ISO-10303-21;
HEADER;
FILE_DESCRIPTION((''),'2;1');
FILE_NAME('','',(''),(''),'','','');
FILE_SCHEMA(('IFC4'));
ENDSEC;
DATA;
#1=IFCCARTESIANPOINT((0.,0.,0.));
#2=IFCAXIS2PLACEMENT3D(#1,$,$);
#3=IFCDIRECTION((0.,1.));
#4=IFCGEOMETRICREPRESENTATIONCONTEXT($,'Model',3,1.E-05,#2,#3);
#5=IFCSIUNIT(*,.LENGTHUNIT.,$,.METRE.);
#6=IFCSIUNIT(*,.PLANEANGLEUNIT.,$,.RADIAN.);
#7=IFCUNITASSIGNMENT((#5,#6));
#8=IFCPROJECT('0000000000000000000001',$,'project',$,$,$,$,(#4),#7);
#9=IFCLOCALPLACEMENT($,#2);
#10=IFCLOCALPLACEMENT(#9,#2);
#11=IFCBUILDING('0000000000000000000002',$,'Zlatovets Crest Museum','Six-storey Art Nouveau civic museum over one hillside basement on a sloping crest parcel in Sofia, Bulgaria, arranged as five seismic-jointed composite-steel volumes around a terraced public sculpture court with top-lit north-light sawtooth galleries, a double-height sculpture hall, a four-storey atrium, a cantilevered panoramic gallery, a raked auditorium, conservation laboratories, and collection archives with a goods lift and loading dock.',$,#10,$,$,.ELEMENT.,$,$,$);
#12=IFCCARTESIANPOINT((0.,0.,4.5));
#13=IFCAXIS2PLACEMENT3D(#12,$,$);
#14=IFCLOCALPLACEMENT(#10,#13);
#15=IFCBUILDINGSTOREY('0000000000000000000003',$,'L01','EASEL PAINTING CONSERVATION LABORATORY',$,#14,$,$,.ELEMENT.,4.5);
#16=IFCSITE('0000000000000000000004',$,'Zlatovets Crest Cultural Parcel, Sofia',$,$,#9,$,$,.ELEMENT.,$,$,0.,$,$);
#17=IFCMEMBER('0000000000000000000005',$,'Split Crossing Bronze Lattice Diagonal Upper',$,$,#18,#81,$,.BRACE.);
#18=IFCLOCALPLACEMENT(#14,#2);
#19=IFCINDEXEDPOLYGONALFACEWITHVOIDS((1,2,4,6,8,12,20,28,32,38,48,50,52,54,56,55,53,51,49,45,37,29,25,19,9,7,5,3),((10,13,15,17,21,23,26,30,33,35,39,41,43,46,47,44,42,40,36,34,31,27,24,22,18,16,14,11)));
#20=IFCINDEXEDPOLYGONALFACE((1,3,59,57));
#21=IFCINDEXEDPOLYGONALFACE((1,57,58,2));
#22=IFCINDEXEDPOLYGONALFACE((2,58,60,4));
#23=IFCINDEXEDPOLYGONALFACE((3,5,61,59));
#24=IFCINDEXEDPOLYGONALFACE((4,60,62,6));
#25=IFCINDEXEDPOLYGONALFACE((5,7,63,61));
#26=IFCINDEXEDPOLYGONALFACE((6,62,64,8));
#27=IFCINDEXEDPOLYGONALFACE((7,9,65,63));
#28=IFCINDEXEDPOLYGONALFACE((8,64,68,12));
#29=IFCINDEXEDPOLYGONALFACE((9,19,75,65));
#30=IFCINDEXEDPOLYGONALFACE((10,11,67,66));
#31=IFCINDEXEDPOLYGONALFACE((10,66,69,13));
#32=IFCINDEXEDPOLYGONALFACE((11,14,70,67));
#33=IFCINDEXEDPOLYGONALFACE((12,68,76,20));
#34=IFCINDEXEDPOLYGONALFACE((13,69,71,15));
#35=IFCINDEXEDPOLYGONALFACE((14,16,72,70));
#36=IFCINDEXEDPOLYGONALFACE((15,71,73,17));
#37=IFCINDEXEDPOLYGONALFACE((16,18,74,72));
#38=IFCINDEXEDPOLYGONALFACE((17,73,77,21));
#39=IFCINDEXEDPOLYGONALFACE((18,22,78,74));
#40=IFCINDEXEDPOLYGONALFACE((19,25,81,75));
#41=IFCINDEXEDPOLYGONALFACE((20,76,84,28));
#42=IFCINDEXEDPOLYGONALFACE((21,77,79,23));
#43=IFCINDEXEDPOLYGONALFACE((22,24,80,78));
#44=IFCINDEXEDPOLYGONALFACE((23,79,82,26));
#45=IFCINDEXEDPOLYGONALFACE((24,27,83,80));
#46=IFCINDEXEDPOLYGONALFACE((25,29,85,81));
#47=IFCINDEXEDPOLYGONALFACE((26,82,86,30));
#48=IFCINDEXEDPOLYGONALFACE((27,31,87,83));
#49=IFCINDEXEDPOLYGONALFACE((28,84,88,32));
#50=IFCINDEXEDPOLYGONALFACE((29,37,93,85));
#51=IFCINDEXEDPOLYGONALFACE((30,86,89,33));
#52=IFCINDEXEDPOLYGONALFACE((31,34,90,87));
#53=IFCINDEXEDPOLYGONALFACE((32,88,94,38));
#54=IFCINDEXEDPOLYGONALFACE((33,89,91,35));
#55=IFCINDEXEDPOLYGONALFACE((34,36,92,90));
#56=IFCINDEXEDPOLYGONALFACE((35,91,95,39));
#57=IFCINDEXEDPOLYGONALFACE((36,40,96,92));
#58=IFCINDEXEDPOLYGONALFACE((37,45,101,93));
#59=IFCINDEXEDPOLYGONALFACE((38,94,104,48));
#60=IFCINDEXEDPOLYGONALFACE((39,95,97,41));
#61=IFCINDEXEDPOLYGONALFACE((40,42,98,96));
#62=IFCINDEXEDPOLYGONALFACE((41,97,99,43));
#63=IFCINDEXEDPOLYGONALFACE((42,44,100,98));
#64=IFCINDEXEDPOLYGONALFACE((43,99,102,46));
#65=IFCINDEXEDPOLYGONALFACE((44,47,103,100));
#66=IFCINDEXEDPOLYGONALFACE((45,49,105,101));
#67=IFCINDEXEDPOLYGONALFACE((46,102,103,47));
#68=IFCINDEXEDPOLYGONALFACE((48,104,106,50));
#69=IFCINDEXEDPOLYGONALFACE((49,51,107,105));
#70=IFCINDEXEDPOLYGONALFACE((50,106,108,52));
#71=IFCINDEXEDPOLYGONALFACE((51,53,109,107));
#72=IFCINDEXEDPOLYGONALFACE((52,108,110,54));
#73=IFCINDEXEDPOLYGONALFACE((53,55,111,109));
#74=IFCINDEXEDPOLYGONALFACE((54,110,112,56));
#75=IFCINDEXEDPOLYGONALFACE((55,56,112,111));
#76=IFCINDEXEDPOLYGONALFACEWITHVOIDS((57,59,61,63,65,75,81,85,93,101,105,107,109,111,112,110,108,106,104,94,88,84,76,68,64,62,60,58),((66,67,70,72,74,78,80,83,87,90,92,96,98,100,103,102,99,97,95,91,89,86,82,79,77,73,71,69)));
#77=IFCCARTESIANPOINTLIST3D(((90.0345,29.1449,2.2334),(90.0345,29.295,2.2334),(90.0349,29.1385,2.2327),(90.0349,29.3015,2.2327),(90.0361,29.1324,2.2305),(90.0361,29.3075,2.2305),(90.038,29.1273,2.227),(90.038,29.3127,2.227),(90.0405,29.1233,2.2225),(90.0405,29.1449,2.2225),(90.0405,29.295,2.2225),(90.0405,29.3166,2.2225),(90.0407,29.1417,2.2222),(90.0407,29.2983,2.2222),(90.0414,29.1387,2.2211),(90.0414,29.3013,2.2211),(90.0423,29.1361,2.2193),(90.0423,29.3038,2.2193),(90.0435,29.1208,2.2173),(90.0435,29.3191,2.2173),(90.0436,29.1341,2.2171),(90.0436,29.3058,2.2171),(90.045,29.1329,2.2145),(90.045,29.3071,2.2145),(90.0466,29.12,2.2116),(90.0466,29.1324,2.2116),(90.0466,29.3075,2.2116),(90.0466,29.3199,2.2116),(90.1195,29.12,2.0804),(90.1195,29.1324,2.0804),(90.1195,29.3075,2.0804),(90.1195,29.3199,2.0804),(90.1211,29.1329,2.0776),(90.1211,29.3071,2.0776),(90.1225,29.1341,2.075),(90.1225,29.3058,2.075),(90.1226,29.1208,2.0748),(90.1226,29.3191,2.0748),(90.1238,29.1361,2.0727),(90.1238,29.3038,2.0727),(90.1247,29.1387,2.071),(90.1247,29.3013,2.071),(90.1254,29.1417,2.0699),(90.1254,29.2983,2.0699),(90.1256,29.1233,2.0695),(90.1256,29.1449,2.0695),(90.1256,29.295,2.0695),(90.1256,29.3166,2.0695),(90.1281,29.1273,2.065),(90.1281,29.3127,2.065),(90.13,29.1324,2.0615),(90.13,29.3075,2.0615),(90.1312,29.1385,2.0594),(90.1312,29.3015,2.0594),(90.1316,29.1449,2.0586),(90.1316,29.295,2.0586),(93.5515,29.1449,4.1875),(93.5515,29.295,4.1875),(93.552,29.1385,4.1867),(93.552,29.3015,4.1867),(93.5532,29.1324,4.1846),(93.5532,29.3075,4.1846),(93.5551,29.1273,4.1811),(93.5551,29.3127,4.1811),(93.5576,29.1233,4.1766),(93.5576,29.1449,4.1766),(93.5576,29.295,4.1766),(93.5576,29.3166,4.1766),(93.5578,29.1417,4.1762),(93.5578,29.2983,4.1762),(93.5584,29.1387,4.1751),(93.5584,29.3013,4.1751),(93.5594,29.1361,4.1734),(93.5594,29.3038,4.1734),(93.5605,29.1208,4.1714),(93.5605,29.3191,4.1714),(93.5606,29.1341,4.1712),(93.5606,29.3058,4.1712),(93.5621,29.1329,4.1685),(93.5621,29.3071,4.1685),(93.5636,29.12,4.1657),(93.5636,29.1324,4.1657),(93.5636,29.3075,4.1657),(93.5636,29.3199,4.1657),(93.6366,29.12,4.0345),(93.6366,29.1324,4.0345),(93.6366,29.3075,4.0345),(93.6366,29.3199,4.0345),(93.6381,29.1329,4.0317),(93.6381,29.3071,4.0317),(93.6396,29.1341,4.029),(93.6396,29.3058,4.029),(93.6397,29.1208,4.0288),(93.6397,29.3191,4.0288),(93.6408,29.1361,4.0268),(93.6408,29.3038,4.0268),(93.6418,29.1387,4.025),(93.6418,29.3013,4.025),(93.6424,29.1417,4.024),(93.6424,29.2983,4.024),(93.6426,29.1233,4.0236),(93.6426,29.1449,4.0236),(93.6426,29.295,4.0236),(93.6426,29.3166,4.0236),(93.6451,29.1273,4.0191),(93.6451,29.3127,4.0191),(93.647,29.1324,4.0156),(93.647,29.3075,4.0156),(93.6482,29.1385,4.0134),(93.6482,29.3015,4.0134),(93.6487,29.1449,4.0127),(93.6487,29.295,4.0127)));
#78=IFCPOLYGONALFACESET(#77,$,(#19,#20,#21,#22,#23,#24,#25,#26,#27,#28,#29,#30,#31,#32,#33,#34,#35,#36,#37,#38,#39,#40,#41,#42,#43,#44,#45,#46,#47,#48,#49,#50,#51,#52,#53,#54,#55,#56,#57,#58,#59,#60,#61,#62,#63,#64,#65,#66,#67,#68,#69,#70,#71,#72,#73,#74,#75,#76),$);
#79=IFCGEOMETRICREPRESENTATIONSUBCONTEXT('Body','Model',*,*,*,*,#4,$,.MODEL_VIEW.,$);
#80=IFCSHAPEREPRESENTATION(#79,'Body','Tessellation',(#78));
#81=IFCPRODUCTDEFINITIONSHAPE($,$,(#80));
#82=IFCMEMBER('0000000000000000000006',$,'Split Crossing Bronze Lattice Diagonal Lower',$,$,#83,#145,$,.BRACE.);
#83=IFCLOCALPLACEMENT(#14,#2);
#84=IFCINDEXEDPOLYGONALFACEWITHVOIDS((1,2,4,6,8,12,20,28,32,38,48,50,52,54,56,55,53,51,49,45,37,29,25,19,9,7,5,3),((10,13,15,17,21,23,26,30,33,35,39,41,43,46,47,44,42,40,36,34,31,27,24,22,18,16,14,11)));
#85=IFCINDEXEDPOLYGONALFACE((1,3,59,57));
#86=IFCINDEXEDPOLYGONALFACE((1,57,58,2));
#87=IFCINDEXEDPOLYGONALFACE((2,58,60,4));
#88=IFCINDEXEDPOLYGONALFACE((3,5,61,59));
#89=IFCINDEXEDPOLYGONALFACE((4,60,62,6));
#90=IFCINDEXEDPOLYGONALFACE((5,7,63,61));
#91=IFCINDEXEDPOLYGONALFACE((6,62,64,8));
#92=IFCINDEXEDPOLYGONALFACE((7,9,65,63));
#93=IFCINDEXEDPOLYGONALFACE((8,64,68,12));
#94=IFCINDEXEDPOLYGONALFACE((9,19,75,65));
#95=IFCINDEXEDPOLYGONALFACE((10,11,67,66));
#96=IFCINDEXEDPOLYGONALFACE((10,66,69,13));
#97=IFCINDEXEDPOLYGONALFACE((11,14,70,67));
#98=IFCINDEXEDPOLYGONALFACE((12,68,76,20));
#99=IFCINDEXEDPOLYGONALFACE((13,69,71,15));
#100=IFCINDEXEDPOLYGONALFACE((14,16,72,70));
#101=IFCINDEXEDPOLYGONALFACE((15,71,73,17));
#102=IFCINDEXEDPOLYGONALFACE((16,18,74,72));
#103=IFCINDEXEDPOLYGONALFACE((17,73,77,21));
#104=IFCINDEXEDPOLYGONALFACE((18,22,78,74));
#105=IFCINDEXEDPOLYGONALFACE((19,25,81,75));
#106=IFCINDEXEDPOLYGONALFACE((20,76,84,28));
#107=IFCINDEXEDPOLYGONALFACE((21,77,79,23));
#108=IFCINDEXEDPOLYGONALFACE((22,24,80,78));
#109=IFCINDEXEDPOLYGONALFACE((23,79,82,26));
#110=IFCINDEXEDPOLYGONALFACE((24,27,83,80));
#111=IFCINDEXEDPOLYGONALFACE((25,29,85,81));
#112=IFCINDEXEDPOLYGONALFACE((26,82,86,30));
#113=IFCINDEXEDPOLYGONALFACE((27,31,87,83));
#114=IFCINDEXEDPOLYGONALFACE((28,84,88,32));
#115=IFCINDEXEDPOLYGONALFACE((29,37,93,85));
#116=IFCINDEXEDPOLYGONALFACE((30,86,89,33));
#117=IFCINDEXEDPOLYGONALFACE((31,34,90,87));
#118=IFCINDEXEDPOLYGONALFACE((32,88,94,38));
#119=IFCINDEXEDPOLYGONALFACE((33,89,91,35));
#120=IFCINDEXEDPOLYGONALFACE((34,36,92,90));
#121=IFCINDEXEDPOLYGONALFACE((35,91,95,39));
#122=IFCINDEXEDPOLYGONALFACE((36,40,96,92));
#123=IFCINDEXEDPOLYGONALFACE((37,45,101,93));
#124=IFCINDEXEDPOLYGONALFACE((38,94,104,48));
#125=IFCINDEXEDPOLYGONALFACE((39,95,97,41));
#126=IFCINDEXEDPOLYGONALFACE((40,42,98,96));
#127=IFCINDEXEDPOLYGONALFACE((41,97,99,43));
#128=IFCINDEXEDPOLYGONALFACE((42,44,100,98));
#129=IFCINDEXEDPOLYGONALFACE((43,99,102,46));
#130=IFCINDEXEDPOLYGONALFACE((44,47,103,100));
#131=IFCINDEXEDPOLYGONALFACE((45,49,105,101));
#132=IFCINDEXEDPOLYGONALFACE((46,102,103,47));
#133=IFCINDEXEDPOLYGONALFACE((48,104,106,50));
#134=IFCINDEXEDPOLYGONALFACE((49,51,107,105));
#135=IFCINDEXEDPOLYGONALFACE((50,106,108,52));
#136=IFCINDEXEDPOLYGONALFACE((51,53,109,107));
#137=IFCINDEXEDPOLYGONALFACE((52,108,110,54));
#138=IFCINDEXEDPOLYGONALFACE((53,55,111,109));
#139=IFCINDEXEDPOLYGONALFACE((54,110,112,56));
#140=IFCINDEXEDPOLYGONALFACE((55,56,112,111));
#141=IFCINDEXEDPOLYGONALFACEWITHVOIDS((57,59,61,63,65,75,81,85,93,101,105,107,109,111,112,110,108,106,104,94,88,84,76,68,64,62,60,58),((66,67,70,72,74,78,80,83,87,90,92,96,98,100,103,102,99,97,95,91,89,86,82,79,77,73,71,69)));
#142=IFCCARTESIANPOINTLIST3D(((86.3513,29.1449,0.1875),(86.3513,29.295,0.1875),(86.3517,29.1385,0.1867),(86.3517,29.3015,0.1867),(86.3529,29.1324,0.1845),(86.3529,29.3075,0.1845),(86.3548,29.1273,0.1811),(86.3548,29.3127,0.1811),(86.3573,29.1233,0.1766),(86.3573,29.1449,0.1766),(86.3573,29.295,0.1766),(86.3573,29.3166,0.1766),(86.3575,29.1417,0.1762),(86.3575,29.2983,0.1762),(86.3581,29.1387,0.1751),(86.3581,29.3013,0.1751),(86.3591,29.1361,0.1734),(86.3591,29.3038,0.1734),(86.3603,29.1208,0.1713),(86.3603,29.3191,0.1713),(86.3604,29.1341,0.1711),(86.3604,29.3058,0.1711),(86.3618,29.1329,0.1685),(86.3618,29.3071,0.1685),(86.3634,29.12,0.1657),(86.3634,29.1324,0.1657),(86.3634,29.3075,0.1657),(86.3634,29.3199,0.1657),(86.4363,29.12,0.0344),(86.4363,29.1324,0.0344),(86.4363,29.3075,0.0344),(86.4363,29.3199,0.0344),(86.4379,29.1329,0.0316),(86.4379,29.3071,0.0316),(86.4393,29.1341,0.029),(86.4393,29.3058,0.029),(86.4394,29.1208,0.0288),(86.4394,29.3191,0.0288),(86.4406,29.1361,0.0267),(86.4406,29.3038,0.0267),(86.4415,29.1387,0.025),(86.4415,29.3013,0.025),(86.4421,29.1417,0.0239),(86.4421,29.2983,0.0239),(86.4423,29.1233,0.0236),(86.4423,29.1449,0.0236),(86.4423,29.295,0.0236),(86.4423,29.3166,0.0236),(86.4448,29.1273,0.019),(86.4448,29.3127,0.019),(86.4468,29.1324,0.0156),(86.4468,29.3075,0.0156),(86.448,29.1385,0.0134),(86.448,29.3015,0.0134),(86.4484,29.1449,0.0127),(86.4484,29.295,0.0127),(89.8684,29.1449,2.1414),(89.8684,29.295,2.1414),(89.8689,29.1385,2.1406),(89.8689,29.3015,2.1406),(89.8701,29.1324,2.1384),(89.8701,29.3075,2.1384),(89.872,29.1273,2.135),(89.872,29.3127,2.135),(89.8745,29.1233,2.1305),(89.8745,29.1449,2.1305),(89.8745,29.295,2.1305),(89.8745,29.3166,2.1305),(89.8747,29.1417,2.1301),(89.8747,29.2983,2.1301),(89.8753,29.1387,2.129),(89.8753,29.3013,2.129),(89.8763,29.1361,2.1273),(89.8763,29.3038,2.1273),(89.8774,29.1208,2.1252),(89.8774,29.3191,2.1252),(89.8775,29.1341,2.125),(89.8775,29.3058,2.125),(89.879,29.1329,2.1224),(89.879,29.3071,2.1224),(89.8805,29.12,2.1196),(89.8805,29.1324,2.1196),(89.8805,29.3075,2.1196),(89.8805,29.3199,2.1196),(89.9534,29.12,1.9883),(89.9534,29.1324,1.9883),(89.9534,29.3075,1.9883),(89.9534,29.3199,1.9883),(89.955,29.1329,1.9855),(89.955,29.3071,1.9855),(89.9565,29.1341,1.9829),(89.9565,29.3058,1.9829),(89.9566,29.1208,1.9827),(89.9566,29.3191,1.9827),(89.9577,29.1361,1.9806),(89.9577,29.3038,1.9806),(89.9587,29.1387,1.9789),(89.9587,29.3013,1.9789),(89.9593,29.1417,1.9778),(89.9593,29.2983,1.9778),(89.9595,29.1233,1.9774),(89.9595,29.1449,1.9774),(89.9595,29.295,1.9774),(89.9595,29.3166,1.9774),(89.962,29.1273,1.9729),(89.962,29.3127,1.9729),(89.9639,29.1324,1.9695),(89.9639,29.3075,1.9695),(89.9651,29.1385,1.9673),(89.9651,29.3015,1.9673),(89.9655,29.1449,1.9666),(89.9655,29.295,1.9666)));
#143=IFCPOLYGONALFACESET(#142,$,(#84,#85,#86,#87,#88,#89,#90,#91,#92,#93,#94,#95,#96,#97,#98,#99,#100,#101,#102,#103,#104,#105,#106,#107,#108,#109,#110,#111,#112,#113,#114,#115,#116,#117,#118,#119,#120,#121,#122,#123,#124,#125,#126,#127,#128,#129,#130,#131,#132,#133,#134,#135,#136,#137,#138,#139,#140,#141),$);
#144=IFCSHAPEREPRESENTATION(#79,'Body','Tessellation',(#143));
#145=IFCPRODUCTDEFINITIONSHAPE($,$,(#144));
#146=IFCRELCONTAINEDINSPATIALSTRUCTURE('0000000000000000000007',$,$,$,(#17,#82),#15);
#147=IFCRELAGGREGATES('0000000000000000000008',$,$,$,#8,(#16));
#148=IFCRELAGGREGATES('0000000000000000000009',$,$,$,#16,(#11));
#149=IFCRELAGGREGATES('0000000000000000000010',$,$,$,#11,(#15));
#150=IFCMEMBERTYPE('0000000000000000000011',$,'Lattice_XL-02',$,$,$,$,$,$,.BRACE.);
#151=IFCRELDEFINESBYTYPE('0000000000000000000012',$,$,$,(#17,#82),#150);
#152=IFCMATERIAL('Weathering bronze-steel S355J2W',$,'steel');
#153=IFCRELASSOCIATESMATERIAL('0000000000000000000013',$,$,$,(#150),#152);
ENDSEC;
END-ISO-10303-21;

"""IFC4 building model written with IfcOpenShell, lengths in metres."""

from ifc_helpers import new_model, si_unit, direction, frame, origin, origin_2d, place, context, subcontext, project, spatial, hollow_rectangle, extrude, material, material_profile, profile_set, type_object, element, save


model = new_model("IFC4")

# Units and contexts
model_context = context("Model", 3, precision=1e-05, world=origin(), true_north=direction((0.0, 1.0)))
body_context = subcontext(model_context, "Body", "Model", "MODEL_VIEW")
ifc_project = project(units=[si_unit("LENGTHUNIT", "METRE"), si_unit("PLANEANGLEUNIT", "RADIAN")], contexts=[model_context])

# Site, building, storey
site_placement = place(None, origin())
site = spatial("IfcSite", under=ifc_project, at=site_placement, Name="Zlatovets Crest Cultural Parcel, Sofia", CompositionType="ELEMENT", RefElevation=0.0)
building_placement = place(site_placement, origin())
building = spatial("IfcBuilding", under=site, at=building_placement, Name="Zlatovets Crest Museum", Description="Six-storey Art Nouveau civic museum over one hillside basement on a sloping crest parcel in Sofia, Bulgaria, arranged as five seismic-jointed composite-steel volumes around a terraced public sculpture court with top-lit north-light sawtooth galleries, a double-height sculpture hall, a four-storey atrium, a cantilevered panoramic gallery, a raked auditorium, conservation laboratories, and collection archives with a goods lift and loading dock.", CompositionType="ELEMENT")
storey_placement = place(building_placement, frame((0.0, 0.0, 4.5)))
storey = spatial("IfcBuildingStorey", under=building, at=storey_placement, Name="L01", Description="EASEL PAINTING CONSERVATION LABORATORY", CompositionType="ELEMENT", Elevation=4.5)

# Members
ifc_material_1 = material(Name="Weathering bronze-steel S355J2W", Category="steel")
ifc_material_profile_1 = material_profile(ifc_material_1, hollow_rectangle(XDim=0.2, YDim=0.2, WallThickness=0.0125, InnerFilletRadius=0.0125, OuterFilletRadius=0.0249, at=origin_2d()), Name="SHS 200x200x12.5")
ifc_profile_set_1 = profile_set([ifc_material_profile_1], Name="Weathering bronze-steel S355J2W")
member_type_1 = type_object("IfcMemberType", Name="Lattice_XL-02", PredefinedType="BRACE", material=ifc_profile_set_1)
for number, where, z_axis, x_axis, name in (
    (1, (93.6001, 29.22, 4.1001), (-0.87414, 0.0, -0.485674), (0.0, -1.0, 0.0), "Split Crossing Bronze Lattice Diagonal Upper"),
    (2, (89.917, 29.22, 2.054), (-0.874166, 0.0, -0.485627), (0.0, -1.0, 0.0), "Split Crossing Bronze Lattice Diagonal Lower"),
):
    element("IfcMember", number, at=place(storey_placement, frame(where, z_axis=z_axis, x_axis=x_axis)), inside=storey, type_object=member_type_1, Name=name, PredefinedType="BRACE", context=body_context, shape_type="SweptSolid", body=[
        extrude(hollow_rectangle(XDim=0.2, YDim=0.2, WallThickness=0.0125, InnerFilletRadius=0.0125, OuterFilletRadius=0.0249, at=origin_2d()), origin(), (0.0, 0.0, 1.0), 4.0234),
    ])

save(model, "model.ifc")
